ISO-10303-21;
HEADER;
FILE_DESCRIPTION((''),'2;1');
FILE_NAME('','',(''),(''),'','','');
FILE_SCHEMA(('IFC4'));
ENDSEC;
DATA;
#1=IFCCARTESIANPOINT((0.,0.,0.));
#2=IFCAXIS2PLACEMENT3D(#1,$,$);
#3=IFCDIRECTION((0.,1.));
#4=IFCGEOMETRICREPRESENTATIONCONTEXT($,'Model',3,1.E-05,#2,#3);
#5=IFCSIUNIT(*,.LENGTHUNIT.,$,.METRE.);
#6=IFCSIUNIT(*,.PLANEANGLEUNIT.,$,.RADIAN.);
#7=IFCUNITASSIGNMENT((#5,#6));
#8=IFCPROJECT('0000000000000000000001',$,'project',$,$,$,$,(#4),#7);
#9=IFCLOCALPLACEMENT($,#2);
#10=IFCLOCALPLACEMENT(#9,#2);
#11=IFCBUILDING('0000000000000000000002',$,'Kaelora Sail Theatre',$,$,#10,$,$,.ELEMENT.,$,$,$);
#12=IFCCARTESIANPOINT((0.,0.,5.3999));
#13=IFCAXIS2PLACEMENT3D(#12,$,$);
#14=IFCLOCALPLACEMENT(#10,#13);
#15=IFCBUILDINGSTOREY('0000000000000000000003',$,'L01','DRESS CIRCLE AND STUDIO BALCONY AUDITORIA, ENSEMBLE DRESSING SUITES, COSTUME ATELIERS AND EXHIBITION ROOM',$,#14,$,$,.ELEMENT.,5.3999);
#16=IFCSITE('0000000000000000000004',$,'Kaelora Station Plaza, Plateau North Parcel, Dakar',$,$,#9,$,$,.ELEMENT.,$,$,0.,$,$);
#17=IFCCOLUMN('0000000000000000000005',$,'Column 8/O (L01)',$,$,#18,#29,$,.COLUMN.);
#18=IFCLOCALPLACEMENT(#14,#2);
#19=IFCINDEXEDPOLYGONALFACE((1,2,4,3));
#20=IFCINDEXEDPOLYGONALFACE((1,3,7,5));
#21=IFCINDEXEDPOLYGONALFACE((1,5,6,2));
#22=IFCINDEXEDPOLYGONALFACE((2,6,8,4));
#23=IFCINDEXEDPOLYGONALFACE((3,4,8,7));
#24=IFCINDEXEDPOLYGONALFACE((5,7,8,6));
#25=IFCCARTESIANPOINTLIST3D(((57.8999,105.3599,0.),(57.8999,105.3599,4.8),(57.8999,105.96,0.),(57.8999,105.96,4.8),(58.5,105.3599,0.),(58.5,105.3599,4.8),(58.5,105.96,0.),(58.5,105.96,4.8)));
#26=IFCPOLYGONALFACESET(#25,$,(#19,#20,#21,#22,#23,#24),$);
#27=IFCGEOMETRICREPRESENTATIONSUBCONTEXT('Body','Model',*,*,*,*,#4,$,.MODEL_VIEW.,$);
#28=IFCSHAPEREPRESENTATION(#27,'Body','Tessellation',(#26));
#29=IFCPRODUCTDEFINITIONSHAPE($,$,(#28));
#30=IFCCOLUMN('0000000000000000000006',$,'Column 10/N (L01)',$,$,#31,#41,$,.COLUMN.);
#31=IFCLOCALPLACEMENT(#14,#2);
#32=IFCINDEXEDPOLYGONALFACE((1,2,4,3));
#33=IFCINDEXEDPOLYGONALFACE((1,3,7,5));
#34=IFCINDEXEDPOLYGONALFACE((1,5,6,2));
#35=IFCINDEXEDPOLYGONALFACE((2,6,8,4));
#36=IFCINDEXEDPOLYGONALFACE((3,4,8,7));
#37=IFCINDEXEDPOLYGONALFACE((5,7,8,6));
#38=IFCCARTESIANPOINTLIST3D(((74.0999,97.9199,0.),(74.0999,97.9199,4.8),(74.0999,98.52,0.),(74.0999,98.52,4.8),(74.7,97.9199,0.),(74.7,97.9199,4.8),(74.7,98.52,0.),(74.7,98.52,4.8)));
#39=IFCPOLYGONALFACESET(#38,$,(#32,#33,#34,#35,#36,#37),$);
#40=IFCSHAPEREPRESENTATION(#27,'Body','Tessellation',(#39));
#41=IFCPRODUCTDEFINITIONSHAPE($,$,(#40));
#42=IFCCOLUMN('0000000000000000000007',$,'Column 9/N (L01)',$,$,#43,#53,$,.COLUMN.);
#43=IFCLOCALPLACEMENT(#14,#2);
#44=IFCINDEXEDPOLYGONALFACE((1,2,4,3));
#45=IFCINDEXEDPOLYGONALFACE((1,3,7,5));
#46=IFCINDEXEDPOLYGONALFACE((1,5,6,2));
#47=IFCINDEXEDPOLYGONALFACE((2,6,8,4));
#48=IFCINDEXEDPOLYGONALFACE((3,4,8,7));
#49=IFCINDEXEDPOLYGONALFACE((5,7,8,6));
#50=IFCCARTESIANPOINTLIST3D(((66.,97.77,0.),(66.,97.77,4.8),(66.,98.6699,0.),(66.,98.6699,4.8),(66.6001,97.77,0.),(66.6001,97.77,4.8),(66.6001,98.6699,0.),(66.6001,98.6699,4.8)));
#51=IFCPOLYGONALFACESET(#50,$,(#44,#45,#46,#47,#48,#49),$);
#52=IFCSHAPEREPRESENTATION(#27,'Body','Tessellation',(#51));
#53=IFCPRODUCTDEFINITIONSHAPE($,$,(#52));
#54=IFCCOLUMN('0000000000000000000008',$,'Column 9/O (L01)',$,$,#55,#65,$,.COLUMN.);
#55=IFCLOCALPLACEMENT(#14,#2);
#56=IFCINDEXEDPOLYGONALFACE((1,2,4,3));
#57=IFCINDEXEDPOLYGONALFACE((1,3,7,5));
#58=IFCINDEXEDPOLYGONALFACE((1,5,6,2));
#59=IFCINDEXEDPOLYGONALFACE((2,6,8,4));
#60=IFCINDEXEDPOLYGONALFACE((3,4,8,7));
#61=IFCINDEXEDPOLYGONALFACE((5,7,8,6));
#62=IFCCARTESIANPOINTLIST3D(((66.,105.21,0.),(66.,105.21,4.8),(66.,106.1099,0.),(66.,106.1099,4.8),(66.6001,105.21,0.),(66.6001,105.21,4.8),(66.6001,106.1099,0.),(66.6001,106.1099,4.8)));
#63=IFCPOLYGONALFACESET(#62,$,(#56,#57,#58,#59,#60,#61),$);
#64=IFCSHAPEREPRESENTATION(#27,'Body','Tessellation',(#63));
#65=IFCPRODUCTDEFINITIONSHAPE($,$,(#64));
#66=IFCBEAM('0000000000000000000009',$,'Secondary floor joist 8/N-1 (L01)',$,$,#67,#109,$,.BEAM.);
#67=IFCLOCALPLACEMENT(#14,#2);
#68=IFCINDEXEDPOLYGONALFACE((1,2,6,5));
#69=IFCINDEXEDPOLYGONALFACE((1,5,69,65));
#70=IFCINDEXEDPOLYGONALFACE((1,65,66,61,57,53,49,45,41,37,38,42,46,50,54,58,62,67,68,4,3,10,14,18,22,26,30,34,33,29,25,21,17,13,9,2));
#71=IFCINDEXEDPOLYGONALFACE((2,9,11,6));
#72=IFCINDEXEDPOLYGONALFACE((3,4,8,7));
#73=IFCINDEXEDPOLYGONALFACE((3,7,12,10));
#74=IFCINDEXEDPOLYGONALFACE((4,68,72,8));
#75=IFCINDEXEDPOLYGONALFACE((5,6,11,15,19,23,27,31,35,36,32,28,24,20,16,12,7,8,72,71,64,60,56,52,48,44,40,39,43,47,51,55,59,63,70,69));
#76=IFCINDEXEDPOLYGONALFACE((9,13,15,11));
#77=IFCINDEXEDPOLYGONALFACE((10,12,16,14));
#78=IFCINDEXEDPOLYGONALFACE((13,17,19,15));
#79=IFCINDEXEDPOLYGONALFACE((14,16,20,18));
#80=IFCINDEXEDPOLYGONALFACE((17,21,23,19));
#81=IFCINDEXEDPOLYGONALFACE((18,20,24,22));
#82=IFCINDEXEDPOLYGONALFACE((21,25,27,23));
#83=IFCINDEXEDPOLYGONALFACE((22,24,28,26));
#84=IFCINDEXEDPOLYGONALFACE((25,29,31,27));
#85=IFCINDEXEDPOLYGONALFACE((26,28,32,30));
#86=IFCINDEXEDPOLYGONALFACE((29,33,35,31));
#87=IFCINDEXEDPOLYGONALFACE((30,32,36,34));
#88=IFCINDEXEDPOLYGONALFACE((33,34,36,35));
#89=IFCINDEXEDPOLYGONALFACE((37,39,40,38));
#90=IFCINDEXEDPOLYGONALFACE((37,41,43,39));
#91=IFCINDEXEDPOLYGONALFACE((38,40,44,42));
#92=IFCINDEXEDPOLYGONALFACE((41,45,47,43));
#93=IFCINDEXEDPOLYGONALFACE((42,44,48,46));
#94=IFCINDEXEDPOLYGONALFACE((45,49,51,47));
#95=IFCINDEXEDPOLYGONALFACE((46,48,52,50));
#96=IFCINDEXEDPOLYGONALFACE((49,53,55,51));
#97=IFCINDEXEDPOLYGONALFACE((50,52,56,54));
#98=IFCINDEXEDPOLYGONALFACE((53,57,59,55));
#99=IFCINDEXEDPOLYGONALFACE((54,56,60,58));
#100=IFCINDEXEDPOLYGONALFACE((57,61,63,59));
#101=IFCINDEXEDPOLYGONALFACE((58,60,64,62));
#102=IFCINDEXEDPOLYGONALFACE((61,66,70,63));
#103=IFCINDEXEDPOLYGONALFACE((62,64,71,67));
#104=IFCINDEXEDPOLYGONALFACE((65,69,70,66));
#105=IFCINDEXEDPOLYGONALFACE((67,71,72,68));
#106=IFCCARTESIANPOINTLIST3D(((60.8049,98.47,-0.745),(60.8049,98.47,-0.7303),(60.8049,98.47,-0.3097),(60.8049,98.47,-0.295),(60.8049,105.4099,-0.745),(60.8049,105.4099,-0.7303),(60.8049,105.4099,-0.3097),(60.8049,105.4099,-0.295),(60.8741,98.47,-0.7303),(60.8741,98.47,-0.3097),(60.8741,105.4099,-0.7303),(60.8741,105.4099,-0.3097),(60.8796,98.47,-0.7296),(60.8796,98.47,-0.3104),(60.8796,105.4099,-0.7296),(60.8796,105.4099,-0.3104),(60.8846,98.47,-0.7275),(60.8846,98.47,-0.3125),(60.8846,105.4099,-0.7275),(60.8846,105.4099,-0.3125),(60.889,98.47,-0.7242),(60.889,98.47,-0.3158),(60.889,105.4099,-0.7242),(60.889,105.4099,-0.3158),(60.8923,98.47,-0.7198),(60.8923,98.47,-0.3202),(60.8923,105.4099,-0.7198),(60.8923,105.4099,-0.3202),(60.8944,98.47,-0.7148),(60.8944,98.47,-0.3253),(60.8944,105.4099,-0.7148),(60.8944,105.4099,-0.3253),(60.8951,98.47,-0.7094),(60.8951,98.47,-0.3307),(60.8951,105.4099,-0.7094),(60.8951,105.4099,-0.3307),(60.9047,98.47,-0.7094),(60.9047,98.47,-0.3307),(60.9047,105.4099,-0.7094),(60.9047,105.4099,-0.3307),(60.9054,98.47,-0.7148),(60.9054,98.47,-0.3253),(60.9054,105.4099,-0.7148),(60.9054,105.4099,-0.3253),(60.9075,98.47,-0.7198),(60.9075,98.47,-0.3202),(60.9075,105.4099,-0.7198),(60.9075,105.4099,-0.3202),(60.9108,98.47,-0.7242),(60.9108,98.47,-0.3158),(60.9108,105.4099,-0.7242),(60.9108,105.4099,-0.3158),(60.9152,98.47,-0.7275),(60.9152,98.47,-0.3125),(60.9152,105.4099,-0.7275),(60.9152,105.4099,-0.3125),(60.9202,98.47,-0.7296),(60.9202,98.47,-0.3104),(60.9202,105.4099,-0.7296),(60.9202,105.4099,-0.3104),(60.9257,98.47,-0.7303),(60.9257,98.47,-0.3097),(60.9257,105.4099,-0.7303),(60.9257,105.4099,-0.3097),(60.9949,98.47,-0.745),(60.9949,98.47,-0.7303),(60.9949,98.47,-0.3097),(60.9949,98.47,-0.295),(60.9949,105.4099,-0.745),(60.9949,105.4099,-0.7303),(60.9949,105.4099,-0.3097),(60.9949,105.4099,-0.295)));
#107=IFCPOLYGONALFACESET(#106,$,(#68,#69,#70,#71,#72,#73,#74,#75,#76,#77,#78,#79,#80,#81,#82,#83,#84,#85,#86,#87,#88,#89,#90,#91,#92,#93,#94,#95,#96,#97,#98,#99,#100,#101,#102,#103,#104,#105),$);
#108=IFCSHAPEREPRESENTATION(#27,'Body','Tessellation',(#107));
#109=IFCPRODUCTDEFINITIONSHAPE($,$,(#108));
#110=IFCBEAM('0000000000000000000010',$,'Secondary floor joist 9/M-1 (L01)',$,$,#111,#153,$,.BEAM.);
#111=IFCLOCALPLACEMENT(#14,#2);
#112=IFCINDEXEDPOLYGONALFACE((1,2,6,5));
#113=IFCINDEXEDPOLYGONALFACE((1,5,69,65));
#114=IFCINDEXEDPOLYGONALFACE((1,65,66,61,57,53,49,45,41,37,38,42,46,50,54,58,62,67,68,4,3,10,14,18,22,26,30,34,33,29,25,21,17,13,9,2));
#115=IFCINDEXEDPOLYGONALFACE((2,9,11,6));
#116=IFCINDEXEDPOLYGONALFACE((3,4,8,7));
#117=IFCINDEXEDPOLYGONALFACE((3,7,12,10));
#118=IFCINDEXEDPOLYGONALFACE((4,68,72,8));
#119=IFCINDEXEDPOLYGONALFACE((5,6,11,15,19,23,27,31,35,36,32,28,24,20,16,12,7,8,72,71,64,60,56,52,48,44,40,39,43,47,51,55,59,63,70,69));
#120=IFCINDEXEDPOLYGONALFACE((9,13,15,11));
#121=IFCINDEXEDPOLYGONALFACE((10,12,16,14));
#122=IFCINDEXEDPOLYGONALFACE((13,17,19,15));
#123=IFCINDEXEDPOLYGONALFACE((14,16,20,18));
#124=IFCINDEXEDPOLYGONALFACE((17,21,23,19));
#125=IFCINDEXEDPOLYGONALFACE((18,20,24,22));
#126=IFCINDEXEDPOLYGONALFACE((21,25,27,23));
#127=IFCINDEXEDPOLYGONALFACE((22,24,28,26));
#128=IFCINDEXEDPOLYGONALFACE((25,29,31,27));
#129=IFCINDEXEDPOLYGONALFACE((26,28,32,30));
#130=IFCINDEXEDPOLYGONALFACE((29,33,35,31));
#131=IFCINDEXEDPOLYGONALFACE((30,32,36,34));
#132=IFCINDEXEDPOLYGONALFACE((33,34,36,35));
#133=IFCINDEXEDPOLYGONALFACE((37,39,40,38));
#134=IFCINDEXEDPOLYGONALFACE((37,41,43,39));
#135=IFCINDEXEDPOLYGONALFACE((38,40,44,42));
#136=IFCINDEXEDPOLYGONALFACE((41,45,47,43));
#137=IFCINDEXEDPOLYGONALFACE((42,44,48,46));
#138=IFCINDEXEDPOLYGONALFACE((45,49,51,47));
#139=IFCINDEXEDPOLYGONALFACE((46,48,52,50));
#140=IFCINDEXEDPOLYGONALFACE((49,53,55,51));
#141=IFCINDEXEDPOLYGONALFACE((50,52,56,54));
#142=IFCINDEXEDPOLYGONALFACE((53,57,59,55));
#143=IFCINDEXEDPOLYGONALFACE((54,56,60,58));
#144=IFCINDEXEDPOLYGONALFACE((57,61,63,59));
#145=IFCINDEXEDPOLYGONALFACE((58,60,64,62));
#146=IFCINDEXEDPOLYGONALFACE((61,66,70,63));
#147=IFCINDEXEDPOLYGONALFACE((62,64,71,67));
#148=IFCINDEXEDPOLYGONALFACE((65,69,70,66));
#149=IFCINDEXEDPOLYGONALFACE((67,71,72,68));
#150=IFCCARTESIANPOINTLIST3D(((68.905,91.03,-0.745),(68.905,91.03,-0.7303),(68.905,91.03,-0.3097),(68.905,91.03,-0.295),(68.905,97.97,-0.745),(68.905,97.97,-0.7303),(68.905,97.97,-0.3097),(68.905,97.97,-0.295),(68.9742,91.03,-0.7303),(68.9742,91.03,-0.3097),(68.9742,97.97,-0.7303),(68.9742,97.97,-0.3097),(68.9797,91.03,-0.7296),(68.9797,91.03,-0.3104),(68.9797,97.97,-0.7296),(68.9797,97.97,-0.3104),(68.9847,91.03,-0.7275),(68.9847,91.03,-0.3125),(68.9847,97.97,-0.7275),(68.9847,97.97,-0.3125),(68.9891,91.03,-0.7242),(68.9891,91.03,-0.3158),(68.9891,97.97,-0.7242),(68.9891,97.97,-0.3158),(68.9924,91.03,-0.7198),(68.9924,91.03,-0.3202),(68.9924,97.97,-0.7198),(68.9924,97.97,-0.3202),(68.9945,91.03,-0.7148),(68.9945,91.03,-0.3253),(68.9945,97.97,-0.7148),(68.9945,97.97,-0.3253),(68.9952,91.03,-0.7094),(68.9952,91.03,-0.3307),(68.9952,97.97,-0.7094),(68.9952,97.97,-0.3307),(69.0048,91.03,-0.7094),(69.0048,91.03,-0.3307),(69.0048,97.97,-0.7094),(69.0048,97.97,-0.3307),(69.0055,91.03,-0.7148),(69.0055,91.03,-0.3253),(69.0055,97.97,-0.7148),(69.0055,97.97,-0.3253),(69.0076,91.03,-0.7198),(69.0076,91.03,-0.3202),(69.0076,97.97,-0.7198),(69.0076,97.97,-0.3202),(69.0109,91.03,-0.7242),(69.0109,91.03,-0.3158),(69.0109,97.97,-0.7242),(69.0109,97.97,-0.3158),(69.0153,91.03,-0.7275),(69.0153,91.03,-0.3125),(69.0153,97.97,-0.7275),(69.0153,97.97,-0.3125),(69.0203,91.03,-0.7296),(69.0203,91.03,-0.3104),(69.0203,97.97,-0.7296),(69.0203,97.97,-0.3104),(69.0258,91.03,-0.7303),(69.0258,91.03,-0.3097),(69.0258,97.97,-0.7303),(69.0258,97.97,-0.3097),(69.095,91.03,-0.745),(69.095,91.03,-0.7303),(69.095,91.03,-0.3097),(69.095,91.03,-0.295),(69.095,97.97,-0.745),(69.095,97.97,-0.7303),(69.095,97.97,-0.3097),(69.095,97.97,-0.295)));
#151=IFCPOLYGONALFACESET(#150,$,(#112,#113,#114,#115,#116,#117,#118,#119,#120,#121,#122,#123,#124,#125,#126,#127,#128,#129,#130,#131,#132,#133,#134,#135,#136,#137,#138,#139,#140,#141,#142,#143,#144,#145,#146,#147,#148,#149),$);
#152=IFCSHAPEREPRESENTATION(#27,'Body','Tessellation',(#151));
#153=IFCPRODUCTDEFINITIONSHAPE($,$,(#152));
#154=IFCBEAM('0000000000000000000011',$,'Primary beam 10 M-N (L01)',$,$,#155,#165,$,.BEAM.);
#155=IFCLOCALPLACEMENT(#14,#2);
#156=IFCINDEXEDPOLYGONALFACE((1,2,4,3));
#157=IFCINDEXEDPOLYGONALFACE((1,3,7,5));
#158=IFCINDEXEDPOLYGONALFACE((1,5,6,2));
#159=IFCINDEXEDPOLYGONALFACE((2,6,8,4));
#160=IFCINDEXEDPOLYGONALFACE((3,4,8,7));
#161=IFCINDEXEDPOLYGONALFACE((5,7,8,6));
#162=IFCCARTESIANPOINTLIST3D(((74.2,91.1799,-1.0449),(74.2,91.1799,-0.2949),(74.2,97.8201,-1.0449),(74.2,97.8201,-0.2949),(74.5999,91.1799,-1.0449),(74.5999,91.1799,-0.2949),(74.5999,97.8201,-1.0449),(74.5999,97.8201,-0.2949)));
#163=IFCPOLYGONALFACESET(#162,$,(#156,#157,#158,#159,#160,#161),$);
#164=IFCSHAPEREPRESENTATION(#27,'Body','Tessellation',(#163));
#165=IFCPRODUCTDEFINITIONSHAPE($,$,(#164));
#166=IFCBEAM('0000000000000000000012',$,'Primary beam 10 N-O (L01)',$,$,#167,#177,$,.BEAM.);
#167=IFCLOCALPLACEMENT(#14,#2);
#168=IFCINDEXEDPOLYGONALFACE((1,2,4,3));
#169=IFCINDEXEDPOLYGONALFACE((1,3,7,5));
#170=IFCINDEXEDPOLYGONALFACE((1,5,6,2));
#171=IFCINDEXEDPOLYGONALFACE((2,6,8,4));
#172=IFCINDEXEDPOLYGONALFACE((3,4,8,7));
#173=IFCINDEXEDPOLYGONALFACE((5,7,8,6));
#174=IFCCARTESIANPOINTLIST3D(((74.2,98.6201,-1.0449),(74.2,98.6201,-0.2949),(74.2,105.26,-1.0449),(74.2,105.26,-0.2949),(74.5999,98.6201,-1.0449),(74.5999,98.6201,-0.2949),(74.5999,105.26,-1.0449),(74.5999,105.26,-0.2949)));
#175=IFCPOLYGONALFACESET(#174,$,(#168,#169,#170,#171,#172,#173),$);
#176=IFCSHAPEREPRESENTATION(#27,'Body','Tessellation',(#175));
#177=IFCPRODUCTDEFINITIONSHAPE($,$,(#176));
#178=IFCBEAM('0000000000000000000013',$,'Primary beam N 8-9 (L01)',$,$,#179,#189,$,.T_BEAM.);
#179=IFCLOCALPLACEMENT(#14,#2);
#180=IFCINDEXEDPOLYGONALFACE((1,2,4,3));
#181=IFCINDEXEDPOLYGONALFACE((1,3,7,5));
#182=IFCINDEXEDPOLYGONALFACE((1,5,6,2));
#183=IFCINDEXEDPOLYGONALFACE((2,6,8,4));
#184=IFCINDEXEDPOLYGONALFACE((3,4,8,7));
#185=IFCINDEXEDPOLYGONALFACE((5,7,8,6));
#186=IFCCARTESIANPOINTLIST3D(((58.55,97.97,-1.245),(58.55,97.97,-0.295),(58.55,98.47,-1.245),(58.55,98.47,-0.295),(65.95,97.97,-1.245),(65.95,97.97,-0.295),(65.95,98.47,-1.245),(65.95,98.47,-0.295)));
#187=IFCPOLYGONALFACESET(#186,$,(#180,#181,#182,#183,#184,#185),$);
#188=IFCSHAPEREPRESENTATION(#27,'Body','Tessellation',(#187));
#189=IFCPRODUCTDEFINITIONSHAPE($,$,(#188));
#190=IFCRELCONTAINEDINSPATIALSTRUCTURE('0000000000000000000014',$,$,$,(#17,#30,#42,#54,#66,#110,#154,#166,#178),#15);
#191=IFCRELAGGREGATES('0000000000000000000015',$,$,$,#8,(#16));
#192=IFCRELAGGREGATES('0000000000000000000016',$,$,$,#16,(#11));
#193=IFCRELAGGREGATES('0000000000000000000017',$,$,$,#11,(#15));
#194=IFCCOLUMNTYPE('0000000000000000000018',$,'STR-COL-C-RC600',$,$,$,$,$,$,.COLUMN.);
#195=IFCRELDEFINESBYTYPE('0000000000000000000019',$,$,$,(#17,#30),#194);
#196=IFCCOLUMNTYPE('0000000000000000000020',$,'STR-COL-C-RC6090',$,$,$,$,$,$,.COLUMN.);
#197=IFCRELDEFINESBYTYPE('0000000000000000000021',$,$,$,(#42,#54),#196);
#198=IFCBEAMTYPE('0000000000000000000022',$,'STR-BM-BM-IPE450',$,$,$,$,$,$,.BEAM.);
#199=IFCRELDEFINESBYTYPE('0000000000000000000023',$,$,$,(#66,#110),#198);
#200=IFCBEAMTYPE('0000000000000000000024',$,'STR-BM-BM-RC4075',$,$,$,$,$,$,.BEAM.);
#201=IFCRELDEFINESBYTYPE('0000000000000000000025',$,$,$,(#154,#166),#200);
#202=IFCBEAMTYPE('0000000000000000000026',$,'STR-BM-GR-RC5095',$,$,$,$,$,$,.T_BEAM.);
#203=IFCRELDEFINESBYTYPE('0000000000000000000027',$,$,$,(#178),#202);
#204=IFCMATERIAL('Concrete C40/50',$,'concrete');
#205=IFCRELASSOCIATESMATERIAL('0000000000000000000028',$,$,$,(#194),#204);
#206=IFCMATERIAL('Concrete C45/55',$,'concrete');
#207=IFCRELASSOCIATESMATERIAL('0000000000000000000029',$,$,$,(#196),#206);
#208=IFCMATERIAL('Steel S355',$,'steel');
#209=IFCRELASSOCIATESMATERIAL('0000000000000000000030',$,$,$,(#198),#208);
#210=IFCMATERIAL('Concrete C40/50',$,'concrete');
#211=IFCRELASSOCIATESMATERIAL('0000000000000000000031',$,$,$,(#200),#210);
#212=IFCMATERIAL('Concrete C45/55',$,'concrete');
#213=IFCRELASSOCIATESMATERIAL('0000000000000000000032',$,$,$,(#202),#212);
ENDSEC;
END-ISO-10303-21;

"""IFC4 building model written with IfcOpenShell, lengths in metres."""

from ifc_helpers import new_model, si_unit, direction, frame, origin, origin_2d, place, context, subcontext, project, spatial, rectangle, i_section, extrude, material, material_profile, profile_set, type_object, element, save


model = new_model("IFC4")

# Units and contexts
model_context = context("Model", 3, precision=1e-05, world=origin(), true_north=direction((0.0, 1.0)))
body_context = subcontext(model_context, "Body", "Model", "MODEL_VIEW")
ifc_project = project(units=[si_unit("LENGTHUNIT", "METRE"), si_unit("PLANEANGLEUNIT", "RADIAN")], contexts=[model_context])

# Site, building, storey
site_placement = place(None, origin())
site = spatial("IfcSite", under=ifc_project, at=site_placement, Name="Kaelora Station Plaza, Plateau North Parcel, Dakar", CompositionType="ELEMENT", RefElevation=0.0)
building_placement = place(site_placement, origin())
building = spatial("IfcBuilding", under=site, at=building_placement, Name="Kaelora Sail Theatre", CompositionType="ELEMENT")
storey_placement = place(building_placement, frame((0.0, 0.0, 5.3999)))
storey = spatial("IfcBuildingStorey", under=building, at=storey_placement, Name="L01", Description="DRESS CIRCLE AND STUDIO BALCONY AUDITORIA, ENSEMBLE DRESSING SUITES, COSTUME ATELIERS AND EXHIBITION ROOM", CompositionType="ELEMENT", Elevation=5.3999)

# Columns
ifc_material_1 = material(Name="Concrete C40/50", Category="concrete")
ifc_material_profile_1 = material_profile(ifc_material_1, rectangle(XDim=0.6001, YDim=0.6001, at=origin_2d()), Name="RC-COL 600x600")
ifc_profile_set_1 = profile_set([ifc_material_profile_1], Name="Concrete C40/50")
column_type_1 = type_object("IfcColumnType", Name="STR-COL-C-RC600", PredefinedType="COLUMN", material=ifc_profile_set_1)
for number, where, z_axis, x_axis, name in (
    (1, (58.2, 105.6599, 0.0), (0.0, 0.0, 1.0), (1.0, 0.0, 0.0), "Column 8/O (L01)"),
    (2, (74.3999, 98.22, 0.0), (0.0, 0.0, 1.0), (1.0, 0.0, 0.0), "Column 10/N (L01)"),
):
    element("IfcColumn", number, at=place(storey_placement, frame(where, z_axis=z_axis, x_axis=x_axis)), inside=storey, type_object=column_type_1, Name=name, PredefinedType="COLUMN", context=body_context, shape_type="SweptSolid", body=[
        extrude(rectangle(XDim=0.6001, YDim=0.6001, at=origin_2d()), origin(), (0.0, 0.0, 1.0), 4.8),
    ])
ifc_material_2 = material(Name="Concrete C45/55", Category="concrete")
ifc_material_profile_2 = material_profile(ifc_material_2, rectangle(XDim=0.6001, YDim=0.8999, at=origin_2d()), Name="RC-COL 600x900")
ifc_profile_set_2 = profile_set([ifc_material_profile_2], Name="Concrete C45/55")
column_type_2 = type_object("IfcColumnType", Name="STR-COL-C-RC6090", PredefinedType="COLUMN", material=ifc_profile_set_2)
for number, where, z_axis, x_axis, name in (
    (3, (66.3, 98.22, 0.0), (0.0, 0.0, 1.0), (1.0, 0.0, 0.0), "Column 9/N (L01)"),
    (4, (66.3, 105.6599, 0.0), (0.0, 0.0, 1.0), (1.0, 0.0, 0.0), "Column 9/O (L01)"),
):
    element("IfcColumn", number, at=place(storey_placement, frame(where, z_axis=z_axis, x_axis=x_axis)), inside=storey, type_object=column_type_2, Name=name, PredefinedType="COLUMN", context=body_context, shape_type="SweptSolid", body=[
        extrude(rectangle(XDim=0.6001, YDim=0.8999, at=origin_2d()), origin(), (0.0, 0.0, 1.0), 4.8),
    ])

# Beams
ifc_material_3 = material(Name="Steel S355", Category="steel")
ifc_material_profile_3 = material_profile(ifc_material_3, i_section(OverallWidth=0.1899, OverallDepth=0.45, WebThickness=0.0095, FlangeThickness=0.0146, FilletRadius=0.021, at=origin_2d()), Name="IPE 450")
ifc_profile_set_3 = profile_set([ifc_material_profile_3], Name="Steel S355")
beam_type_1 = type_object("IfcBeamType", Name="STR-BM-BM-IPE450", PredefinedType="BEAM", material=ifc_profile_set_3)
for number, where, z_axis, x_axis, name in (
    (5, (60.8999, 98.47, -0.52), (0.0, 1.0, 0.0), (-1.0, 0.0, 0.0), "Secondary floor joist 8/N-1 (L01)"),
    (6, (69.0, 91.03, -0.52), (0.0, 1.0, 0.0), (-1.0, 0.0, 0.0), "Secondary floor joist 9/M-1 (L01)"),
):
    element("IfcBeam", number, at=place(storey_placement, frame(where, z_axis=z_axis, x_axis=x_axis)), inside=storey, type_object=beam_type_1, Name=name, PredefinedType="BEAM", context=body_context, shape_type="SweptSolid", body=[
        extrude(i_section(OverallWidth=0.1899, OverallDepth=0.45, WebThickness=0.0095, FlangeThickness=0.0146, FilletRadius=0.021, at=origin_2d()), origin(), (0.0, 0.0, 1.0), 6.9399),
    ])
ifc_material_4 = material(Name="Concrete C40/50", Category="concrete")
ifc_material_profile_4 = material_profile(ifc_material_4, rectangle(XDim=0.3999, YDim=0.75, at=origin_2d()), Name="RC-BM 400x750")
ifc_profile_set_4 = profile_set([ifc_material_profile_4], Name="Concrete C40/50")
beam_type_2 = type_object("IfcBeamType", Name="STR-BM-BM-RC4075", PredefinedType="BEAM", material=ifc_profile_set_4)
beam_1_placement = place(storey_placement, frame((74.3999, 91.1799, -0.6699), z_axis=(0.0, 1.0, 0.0), x_axis=(-1.0, 0.0, 0.0)))
element("IfcBeam", 7, at=beam_1_placement, inside=storey, type_object=beam_type_2, Name="Primary beam 10 M-N (L01)", PredefinedType="BEAM", context=body_context, shape_type="SweptSolid", body=[
    extrude(rectangle(XDim=0.3999, YDim=0.75, at=origin_2d()), origin(), (0.0, 0.0, 1.0), 6.6401),
])
beam_2_placement = place(storey_placement, frame((74.3999, 98.6201, -0.6699), z_axis=(0.0, 1.0, 0.0), x_axis=(-1.0, 0.0, 0.0)))
element("IfcBeam", 8, at=beam_2_placement, inside=storey, type_object=beam_type_2, Name="Primary beam 10 N-O (L01)", PredefinedType="BEAM", context=body_context, shape_type="SweptSolid", body=[
    extrude(rectangle(XDim=0.3999, YDim=0.75, at=origin_2d()), origin(), (0.0, 0.0, 1.0), 6.6399),
])
ifc_material_5 = material(Name="Concrete C45/55", Category="concrete")
ifc_material_profile_5 = material_profile(ifc_material_5, rectangle(XDim=0.5, YDim=0.95, at=origin_2d()), Name="RC-GRD 500x950")
ifc_profile_set_5 = profile_set([ifc_material_profile_5], Name="Concrete C45/55")
beam_type_3 = type_object("IfcBeamType", Name="STR-BM-GR-RC5095", PredefinedType="T_BEAM", material=ifc_profile_set_5)
for number, where, z_axis, x_axis, name in (
    (9, (58.55, 98.22, -0.77), (1.0, 0.0, 0.0), (0.0, 1.0, 0.0), "Primary beam N 8-9 (L01)"),
):
    element("IfcBeam", number, at=place(storey_placement, frame(where, z_axis=z_axis, x_axis=x_axis)), inside=storey, type_object=beam_type_3, Name=name, PredefinedType="T_BEAM", context=body_context, shape_type="SweptSolid", body=[
        extrude(rectangle(XDim=0.5, YDim=0.95, at=origin_2d()), origin(), (0.0, 0.0, 1.0), 7.3999),
    ])

save(model, "model.ifc")
